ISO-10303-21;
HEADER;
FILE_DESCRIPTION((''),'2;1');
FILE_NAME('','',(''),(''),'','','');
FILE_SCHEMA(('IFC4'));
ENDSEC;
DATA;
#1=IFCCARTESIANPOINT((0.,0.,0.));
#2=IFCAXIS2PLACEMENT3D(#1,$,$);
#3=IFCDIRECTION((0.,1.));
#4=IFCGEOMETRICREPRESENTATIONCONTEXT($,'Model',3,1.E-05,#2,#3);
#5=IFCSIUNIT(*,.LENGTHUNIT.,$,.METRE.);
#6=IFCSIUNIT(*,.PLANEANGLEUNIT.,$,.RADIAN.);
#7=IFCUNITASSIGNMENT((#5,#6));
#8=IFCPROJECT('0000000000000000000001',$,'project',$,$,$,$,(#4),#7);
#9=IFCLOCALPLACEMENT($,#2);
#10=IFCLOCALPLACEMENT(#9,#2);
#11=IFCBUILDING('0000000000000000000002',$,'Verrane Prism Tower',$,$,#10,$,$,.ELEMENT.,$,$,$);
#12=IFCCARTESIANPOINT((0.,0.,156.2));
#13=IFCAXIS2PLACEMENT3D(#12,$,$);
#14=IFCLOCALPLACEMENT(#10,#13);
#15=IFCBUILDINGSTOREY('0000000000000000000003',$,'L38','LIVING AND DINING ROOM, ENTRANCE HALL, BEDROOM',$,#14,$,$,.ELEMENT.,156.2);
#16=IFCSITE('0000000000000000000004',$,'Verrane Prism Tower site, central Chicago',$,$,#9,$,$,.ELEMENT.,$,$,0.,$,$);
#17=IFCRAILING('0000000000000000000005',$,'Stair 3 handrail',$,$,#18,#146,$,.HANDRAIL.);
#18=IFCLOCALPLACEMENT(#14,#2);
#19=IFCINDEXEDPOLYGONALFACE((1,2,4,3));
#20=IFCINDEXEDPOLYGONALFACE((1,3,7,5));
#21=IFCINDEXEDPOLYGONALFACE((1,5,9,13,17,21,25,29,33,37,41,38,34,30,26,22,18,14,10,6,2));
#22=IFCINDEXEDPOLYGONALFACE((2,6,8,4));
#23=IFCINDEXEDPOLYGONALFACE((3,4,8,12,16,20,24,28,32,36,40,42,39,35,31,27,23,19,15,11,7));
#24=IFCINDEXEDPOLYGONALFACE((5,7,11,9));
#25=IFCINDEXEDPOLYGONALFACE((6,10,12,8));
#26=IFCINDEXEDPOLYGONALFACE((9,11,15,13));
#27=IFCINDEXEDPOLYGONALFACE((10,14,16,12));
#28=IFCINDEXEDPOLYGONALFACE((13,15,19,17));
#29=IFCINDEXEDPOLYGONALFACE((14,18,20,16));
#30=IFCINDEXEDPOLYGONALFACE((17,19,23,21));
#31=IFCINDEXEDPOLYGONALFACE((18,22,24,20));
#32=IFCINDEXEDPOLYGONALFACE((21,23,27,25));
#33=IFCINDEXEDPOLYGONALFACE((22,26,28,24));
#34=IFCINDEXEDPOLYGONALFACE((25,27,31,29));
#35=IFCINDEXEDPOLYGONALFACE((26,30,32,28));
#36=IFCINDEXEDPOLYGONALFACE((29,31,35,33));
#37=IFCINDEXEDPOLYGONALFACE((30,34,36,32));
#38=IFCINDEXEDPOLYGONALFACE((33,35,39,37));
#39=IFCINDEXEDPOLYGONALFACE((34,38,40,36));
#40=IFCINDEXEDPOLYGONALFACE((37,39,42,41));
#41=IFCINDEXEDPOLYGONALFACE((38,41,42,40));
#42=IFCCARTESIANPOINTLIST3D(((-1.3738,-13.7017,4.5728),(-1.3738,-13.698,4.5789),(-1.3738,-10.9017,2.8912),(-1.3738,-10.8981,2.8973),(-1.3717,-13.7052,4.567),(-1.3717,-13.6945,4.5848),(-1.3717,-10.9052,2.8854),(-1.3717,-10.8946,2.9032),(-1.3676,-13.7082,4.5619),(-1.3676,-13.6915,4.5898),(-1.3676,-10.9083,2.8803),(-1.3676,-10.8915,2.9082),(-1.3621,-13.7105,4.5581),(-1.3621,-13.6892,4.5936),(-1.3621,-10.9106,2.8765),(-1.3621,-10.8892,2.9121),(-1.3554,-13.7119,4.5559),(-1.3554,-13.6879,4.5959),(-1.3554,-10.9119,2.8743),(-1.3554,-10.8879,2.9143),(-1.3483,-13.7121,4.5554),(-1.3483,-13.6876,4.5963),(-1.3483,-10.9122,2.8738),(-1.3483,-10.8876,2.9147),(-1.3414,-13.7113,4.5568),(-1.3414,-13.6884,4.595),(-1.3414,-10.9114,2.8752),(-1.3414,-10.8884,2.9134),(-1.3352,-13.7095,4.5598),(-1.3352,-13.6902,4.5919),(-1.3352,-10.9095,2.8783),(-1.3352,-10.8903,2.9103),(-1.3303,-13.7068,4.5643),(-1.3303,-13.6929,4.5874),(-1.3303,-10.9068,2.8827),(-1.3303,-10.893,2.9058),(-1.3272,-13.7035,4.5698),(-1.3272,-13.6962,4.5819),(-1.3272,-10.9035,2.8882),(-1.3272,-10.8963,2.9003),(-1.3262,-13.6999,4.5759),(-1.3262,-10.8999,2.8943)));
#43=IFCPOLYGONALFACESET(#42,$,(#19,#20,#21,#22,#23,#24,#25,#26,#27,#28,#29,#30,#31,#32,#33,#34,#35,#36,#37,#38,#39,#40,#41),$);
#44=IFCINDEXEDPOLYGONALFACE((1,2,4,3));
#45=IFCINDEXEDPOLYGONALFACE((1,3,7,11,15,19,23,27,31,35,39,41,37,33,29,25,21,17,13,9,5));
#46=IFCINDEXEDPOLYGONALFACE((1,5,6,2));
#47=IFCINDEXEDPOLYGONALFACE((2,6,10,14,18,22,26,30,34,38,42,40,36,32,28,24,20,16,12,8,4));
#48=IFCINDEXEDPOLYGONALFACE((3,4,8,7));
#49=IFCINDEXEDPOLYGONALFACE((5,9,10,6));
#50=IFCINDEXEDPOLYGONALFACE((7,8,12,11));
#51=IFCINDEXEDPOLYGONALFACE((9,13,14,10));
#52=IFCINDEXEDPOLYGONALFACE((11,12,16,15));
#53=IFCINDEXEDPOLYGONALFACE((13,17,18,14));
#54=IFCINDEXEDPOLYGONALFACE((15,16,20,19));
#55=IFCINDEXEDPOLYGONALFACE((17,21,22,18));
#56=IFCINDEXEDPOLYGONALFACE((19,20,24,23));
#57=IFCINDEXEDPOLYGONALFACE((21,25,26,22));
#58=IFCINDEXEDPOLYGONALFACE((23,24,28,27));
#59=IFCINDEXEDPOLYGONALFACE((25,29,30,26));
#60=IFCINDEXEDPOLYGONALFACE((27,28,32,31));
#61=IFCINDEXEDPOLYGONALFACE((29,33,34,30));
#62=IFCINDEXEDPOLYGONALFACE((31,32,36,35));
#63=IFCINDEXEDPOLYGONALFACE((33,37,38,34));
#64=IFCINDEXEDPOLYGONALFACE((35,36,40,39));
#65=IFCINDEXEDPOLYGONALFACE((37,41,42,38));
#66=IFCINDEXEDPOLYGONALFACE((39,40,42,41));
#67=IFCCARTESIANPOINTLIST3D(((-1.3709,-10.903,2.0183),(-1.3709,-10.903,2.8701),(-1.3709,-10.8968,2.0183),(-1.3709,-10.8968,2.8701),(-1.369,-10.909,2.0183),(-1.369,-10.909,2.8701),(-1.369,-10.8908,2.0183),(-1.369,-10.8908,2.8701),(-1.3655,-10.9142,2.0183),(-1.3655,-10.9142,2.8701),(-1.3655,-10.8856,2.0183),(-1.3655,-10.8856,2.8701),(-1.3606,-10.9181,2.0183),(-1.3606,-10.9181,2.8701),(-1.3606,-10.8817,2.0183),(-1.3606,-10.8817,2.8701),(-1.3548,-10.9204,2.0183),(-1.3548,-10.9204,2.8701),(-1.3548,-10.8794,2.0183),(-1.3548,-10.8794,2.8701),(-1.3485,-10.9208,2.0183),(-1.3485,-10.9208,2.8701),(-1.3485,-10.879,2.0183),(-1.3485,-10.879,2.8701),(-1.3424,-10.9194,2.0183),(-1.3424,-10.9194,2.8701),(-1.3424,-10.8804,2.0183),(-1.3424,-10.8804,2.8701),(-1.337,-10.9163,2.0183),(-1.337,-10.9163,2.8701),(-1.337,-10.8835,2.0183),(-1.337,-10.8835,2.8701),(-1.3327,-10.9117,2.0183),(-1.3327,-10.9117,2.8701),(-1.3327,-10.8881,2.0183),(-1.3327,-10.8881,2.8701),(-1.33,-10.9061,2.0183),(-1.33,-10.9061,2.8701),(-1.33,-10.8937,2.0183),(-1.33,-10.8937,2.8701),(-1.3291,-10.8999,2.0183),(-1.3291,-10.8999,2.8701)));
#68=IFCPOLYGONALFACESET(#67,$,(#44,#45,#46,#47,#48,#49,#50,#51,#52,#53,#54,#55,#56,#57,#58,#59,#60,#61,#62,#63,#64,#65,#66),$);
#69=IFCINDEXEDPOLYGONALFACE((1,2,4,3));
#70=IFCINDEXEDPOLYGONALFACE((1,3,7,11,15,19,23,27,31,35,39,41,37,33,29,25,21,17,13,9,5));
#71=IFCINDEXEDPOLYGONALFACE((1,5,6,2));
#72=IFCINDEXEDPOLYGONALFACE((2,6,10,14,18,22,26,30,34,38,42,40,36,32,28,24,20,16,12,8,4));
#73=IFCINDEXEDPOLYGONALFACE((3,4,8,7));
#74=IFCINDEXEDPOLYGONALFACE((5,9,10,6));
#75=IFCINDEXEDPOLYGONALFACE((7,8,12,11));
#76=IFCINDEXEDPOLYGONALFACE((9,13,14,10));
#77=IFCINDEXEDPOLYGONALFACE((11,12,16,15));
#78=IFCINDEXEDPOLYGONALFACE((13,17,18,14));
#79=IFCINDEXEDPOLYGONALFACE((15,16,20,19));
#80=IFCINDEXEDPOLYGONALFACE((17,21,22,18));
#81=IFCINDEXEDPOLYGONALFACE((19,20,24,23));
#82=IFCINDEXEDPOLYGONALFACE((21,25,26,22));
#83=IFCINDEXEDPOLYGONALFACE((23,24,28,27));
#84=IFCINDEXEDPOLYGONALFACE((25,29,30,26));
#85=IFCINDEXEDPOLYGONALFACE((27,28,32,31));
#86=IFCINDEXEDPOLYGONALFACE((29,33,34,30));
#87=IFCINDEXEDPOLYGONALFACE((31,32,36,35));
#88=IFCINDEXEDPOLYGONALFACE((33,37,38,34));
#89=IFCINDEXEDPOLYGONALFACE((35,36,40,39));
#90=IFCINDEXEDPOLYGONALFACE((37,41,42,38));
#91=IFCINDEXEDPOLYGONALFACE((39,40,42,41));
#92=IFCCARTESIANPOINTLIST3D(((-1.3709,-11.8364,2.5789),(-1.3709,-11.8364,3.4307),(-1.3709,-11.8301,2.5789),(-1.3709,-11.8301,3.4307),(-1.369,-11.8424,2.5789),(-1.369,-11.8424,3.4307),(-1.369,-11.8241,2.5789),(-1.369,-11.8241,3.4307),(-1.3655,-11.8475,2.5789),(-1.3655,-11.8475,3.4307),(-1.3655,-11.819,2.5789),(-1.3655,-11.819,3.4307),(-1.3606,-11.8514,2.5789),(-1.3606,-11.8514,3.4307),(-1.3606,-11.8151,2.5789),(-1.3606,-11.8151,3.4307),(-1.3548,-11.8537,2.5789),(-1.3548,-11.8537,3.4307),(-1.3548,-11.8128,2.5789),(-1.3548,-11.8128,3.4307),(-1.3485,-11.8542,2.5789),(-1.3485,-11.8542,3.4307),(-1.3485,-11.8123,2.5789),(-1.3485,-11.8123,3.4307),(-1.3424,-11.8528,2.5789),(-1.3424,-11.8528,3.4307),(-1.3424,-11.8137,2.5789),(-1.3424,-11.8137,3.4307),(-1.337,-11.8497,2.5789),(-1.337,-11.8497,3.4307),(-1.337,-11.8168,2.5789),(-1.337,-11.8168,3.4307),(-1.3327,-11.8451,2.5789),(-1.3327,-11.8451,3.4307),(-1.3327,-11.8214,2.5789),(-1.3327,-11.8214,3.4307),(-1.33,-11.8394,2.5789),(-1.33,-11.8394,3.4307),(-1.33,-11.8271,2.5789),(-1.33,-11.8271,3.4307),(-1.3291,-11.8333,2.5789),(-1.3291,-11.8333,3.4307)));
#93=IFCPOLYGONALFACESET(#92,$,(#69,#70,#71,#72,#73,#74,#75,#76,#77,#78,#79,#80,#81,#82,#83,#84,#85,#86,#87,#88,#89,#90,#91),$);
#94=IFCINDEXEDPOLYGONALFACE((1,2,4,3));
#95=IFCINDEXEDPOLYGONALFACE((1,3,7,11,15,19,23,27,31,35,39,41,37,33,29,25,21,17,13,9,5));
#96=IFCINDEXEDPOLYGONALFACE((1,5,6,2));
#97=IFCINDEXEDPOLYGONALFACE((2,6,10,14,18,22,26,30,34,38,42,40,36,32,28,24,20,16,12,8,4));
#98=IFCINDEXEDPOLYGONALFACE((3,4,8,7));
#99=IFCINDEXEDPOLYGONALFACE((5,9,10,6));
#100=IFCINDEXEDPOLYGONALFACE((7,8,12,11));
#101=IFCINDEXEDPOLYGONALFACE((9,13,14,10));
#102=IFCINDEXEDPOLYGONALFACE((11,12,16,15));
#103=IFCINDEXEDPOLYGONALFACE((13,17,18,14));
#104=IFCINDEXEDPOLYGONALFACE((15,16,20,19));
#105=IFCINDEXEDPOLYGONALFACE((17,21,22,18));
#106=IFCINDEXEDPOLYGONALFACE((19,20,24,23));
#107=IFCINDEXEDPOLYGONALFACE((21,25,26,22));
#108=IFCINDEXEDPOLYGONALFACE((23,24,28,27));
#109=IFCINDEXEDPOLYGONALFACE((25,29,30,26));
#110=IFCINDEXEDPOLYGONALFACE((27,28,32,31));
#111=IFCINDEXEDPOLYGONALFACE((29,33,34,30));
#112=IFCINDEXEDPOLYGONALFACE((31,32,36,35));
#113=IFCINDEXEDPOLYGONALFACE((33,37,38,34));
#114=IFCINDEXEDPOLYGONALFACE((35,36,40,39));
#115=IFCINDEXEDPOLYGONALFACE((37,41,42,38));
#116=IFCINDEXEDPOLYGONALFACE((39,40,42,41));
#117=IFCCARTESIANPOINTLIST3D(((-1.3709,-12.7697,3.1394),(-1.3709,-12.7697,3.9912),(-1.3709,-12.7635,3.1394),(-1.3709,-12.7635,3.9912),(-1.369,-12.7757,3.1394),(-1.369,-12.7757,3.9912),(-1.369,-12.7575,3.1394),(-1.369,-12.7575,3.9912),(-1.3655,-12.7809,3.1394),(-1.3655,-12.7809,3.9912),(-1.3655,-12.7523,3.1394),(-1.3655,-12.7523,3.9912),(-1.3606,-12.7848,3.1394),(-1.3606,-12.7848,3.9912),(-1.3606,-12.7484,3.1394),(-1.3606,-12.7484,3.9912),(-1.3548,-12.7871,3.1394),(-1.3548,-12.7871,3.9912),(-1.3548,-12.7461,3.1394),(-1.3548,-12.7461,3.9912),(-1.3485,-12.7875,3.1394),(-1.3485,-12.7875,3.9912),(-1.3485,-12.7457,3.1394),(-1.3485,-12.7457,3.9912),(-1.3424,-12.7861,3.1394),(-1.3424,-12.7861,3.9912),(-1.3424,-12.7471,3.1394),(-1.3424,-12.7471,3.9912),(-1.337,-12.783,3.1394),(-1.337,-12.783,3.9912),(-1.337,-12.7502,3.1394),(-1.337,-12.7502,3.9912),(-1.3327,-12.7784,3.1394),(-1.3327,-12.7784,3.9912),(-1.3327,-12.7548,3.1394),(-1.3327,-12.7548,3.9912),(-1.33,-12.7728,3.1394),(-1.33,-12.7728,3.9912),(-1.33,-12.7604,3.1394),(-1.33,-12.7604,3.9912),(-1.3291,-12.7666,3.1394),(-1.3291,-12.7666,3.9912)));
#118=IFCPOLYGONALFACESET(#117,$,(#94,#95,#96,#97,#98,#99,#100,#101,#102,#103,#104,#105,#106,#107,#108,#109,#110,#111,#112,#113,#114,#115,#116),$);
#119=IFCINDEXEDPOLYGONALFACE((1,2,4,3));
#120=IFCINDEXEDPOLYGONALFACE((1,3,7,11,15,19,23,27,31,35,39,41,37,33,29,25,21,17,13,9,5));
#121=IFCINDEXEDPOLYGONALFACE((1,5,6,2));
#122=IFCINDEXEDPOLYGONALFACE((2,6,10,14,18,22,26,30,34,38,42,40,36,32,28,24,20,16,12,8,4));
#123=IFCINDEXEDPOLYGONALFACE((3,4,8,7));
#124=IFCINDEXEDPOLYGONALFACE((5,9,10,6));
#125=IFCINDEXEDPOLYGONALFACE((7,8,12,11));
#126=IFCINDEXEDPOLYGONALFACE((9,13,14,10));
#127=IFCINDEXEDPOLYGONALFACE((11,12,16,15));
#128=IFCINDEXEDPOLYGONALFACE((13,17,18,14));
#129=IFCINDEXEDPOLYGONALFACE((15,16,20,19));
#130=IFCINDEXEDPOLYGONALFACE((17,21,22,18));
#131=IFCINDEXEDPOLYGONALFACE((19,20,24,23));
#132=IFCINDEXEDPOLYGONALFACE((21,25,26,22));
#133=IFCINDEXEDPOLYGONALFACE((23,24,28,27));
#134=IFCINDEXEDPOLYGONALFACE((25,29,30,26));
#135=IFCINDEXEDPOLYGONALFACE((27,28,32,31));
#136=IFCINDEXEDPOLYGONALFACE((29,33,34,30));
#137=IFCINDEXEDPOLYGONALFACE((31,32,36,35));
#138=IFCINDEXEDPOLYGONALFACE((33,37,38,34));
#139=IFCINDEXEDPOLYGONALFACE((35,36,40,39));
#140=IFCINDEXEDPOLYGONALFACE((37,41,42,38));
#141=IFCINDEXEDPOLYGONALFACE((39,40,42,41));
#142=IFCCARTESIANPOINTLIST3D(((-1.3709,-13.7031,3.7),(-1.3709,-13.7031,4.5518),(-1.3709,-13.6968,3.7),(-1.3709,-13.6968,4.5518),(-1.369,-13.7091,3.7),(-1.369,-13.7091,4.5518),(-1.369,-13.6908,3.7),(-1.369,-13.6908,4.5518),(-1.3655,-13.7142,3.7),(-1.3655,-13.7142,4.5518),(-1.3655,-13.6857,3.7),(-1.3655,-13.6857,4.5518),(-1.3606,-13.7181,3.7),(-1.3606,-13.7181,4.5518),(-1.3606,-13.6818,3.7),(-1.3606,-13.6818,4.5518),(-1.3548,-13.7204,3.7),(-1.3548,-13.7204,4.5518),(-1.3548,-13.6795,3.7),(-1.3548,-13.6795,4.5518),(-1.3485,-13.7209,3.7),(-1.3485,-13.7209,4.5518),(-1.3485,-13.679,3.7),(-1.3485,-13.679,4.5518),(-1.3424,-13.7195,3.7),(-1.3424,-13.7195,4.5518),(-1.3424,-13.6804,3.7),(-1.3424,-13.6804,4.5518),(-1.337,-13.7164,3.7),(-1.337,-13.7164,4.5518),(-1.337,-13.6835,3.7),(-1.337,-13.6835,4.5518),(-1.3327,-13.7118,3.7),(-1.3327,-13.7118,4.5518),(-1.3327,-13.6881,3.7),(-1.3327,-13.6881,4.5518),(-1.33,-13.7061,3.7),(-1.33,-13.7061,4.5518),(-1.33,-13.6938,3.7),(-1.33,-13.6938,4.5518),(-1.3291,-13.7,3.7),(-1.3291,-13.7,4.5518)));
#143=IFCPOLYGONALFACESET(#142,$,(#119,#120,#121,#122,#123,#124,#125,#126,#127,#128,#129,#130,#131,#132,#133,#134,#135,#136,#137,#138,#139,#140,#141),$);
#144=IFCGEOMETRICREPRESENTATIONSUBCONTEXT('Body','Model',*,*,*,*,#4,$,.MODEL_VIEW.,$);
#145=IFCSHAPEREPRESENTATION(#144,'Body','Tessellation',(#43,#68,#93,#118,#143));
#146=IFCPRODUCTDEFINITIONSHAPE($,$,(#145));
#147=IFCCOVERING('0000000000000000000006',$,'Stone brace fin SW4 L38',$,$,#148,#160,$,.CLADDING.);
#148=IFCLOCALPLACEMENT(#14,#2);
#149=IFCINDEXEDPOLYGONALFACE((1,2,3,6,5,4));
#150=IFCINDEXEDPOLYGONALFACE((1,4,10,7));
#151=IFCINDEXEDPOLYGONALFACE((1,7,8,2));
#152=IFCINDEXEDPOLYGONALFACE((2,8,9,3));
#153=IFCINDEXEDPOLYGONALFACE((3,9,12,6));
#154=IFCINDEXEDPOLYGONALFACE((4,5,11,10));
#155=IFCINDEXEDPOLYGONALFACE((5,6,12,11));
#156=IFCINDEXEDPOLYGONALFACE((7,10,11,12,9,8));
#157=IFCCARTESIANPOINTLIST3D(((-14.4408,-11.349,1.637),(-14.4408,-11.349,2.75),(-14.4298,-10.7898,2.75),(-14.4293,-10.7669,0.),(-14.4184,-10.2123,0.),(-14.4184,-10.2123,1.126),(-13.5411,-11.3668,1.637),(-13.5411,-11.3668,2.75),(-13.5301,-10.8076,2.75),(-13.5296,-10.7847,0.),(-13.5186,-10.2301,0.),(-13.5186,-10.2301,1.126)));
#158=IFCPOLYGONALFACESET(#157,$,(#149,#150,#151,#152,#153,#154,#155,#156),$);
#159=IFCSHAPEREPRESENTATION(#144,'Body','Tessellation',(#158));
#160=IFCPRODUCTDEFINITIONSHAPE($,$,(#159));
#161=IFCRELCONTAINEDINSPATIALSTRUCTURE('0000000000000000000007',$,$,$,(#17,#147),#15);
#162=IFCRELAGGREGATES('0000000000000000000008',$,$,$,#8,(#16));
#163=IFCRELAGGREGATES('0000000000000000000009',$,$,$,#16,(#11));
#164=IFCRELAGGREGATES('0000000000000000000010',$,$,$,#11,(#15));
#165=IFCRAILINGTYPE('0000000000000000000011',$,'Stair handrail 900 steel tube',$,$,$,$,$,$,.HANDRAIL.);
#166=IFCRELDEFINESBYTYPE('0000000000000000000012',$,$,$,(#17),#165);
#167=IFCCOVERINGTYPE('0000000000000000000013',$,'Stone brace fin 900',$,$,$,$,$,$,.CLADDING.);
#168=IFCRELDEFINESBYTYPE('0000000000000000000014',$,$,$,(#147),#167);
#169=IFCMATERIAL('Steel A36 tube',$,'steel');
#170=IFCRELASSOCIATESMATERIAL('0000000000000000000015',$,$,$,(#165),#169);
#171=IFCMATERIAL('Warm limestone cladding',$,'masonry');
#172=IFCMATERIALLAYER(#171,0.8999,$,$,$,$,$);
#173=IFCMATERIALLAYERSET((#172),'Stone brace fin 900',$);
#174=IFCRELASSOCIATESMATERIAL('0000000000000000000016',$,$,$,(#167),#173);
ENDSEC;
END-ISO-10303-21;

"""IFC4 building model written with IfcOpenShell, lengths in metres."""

from ifc_helpers import new_model, si_unit, direction, frame, origin, origin_2d, place, context, subcontext, project, spatial, polyline, circle, outline, extrude, material, layer, layer_set, type_object, element, save


model = new_model("IFC4")

# Units and contexts
model_context = context("Model", 3, precision=1e-05, world=origin(), true_north=direction((0.0, 1.0)))
body_context = subcontext(model_context, "Body", "Model", "MODEL_VIEW")
ifc_project = project(units=[si_unit("LENGTHUNIT", "METRE"), si_unit("PLANEANGLEUNIT", "RADIAN")], contexts=[model_context])

# Site, building, storey
site_placement = place(None, origin())
site = spatial("IfcSite", under=ifc_project, at=site_placement, Name="Verrane Prism Tower site, central Chicago", CompositionType="ELEMENT", RefElevation=0.0)
building_placement = place(site_placement, origin())
building = spatial("IfcBuilding", under=site, at=building_placement, Name="Verrane Prism Tower", CompositionType="ELEMENT")
storey_placement = place(building_placement, frame((0.0, 0.0, 156.2)))
storey = spatial("IfcBuildingStorey", under=building, at=storey_placement, Name="L38", Description="LIVING AND DINING ROOM, ENTRANCE HALL, BEDROOM", CompositionType="ELEMENT", Elevation=156.2)

# Railing
ifc_material_1 = material(Name="Steel A36 tube", Category="steel")
railing_type = type_object("IfcRailingType", Name="Stair handrail 900 steel tube", PredefinedType="HANDRAIL", material=ifc_material_1)
railing_placement = place(storey_placement, frame((-1.3501, -10.8999, 2.0183)))
element("IfcRailing", 1, at=railing_placement, inside=storey, type_object=railing_type, Name="Stair 3 handrail", PredefinedType="HANDRAIL", context=body_context, shape_type="SweptSolid", body=[
    extrude(circle(Radius=0.0239, at=origin_2d()), frame((0.0, 0.0, 0.876), z_axis=(0.0, -0.857275, 0.514858), x_axis=(1.0, 0.0, 0.0)), (0.0, 0.0, 1.0), 3.2661),
    extrude(circle(Radius=0.021, at=origin_2d()), origin(), (0.0, 0.0, 1.0), 0.8518),
    extrude(circle(Radius=0.021, at=origin_2d()), frame((0.0, -0.9333, 0.5605)), (0.0, 0.0, 1.0), 0.8518),
    extrude(circle(Radius=0.021, at=origin_2d()), frame((0.0, -1.8667, 1.1211)), (0.0, 0.0, 1.0), 0.8518),
    extrude(circle(Radius=0.021, at=origin_2d()), frame((0.0, -2.8, 1.6816)), (0.0, 0.0, 1.0), 0.8518),
])

# Covering
ifc_material_2 = material(Name="Warm limestone cladding", Category="masonry")
ifc_layer_1 = layer(ifc_material_2, 0.8999)
ifc_layer_set_1 = layer_set([ifc_layer_1], Name="Stone brace fin 900")
covering_type = type_object("IfcCoveringType", Name="Stone brace fin 900", PredefinedType="CLADDING", material=ifc_layer_set_1)
covering_placement = place(storey_placement, frame((-13.9685, -10.2212, 0.0), z_axis=(0.0, 0.0, 1.0), x_axis=(-0.019756, -0.999805, 0.0)))
element("IfcCovering", 2, at=covering_placement, inside=storey, type_object=covering_type, Name="Stone brace fin SW4 L38", PredefinedType="CLADDING", context=body_context, shape_type="SweptSolid", body=[
    extrude(outline(polyline([(1.137, 2.75), (0.5776, 2.75), (0.0, 1.126), (0.0, 0.0), (0.5547, 0.0), (1.137, 1.637), (1.137, 2.75)])), frame((0.0, 0.45, 0.0), z_axis=(0.0, -1.0, 0.0), x_axis=(1.0, 0.0, 0.0)), (0.0, 0.0, 1.0), 0.8999),
])

save(model, "model.ifc")
